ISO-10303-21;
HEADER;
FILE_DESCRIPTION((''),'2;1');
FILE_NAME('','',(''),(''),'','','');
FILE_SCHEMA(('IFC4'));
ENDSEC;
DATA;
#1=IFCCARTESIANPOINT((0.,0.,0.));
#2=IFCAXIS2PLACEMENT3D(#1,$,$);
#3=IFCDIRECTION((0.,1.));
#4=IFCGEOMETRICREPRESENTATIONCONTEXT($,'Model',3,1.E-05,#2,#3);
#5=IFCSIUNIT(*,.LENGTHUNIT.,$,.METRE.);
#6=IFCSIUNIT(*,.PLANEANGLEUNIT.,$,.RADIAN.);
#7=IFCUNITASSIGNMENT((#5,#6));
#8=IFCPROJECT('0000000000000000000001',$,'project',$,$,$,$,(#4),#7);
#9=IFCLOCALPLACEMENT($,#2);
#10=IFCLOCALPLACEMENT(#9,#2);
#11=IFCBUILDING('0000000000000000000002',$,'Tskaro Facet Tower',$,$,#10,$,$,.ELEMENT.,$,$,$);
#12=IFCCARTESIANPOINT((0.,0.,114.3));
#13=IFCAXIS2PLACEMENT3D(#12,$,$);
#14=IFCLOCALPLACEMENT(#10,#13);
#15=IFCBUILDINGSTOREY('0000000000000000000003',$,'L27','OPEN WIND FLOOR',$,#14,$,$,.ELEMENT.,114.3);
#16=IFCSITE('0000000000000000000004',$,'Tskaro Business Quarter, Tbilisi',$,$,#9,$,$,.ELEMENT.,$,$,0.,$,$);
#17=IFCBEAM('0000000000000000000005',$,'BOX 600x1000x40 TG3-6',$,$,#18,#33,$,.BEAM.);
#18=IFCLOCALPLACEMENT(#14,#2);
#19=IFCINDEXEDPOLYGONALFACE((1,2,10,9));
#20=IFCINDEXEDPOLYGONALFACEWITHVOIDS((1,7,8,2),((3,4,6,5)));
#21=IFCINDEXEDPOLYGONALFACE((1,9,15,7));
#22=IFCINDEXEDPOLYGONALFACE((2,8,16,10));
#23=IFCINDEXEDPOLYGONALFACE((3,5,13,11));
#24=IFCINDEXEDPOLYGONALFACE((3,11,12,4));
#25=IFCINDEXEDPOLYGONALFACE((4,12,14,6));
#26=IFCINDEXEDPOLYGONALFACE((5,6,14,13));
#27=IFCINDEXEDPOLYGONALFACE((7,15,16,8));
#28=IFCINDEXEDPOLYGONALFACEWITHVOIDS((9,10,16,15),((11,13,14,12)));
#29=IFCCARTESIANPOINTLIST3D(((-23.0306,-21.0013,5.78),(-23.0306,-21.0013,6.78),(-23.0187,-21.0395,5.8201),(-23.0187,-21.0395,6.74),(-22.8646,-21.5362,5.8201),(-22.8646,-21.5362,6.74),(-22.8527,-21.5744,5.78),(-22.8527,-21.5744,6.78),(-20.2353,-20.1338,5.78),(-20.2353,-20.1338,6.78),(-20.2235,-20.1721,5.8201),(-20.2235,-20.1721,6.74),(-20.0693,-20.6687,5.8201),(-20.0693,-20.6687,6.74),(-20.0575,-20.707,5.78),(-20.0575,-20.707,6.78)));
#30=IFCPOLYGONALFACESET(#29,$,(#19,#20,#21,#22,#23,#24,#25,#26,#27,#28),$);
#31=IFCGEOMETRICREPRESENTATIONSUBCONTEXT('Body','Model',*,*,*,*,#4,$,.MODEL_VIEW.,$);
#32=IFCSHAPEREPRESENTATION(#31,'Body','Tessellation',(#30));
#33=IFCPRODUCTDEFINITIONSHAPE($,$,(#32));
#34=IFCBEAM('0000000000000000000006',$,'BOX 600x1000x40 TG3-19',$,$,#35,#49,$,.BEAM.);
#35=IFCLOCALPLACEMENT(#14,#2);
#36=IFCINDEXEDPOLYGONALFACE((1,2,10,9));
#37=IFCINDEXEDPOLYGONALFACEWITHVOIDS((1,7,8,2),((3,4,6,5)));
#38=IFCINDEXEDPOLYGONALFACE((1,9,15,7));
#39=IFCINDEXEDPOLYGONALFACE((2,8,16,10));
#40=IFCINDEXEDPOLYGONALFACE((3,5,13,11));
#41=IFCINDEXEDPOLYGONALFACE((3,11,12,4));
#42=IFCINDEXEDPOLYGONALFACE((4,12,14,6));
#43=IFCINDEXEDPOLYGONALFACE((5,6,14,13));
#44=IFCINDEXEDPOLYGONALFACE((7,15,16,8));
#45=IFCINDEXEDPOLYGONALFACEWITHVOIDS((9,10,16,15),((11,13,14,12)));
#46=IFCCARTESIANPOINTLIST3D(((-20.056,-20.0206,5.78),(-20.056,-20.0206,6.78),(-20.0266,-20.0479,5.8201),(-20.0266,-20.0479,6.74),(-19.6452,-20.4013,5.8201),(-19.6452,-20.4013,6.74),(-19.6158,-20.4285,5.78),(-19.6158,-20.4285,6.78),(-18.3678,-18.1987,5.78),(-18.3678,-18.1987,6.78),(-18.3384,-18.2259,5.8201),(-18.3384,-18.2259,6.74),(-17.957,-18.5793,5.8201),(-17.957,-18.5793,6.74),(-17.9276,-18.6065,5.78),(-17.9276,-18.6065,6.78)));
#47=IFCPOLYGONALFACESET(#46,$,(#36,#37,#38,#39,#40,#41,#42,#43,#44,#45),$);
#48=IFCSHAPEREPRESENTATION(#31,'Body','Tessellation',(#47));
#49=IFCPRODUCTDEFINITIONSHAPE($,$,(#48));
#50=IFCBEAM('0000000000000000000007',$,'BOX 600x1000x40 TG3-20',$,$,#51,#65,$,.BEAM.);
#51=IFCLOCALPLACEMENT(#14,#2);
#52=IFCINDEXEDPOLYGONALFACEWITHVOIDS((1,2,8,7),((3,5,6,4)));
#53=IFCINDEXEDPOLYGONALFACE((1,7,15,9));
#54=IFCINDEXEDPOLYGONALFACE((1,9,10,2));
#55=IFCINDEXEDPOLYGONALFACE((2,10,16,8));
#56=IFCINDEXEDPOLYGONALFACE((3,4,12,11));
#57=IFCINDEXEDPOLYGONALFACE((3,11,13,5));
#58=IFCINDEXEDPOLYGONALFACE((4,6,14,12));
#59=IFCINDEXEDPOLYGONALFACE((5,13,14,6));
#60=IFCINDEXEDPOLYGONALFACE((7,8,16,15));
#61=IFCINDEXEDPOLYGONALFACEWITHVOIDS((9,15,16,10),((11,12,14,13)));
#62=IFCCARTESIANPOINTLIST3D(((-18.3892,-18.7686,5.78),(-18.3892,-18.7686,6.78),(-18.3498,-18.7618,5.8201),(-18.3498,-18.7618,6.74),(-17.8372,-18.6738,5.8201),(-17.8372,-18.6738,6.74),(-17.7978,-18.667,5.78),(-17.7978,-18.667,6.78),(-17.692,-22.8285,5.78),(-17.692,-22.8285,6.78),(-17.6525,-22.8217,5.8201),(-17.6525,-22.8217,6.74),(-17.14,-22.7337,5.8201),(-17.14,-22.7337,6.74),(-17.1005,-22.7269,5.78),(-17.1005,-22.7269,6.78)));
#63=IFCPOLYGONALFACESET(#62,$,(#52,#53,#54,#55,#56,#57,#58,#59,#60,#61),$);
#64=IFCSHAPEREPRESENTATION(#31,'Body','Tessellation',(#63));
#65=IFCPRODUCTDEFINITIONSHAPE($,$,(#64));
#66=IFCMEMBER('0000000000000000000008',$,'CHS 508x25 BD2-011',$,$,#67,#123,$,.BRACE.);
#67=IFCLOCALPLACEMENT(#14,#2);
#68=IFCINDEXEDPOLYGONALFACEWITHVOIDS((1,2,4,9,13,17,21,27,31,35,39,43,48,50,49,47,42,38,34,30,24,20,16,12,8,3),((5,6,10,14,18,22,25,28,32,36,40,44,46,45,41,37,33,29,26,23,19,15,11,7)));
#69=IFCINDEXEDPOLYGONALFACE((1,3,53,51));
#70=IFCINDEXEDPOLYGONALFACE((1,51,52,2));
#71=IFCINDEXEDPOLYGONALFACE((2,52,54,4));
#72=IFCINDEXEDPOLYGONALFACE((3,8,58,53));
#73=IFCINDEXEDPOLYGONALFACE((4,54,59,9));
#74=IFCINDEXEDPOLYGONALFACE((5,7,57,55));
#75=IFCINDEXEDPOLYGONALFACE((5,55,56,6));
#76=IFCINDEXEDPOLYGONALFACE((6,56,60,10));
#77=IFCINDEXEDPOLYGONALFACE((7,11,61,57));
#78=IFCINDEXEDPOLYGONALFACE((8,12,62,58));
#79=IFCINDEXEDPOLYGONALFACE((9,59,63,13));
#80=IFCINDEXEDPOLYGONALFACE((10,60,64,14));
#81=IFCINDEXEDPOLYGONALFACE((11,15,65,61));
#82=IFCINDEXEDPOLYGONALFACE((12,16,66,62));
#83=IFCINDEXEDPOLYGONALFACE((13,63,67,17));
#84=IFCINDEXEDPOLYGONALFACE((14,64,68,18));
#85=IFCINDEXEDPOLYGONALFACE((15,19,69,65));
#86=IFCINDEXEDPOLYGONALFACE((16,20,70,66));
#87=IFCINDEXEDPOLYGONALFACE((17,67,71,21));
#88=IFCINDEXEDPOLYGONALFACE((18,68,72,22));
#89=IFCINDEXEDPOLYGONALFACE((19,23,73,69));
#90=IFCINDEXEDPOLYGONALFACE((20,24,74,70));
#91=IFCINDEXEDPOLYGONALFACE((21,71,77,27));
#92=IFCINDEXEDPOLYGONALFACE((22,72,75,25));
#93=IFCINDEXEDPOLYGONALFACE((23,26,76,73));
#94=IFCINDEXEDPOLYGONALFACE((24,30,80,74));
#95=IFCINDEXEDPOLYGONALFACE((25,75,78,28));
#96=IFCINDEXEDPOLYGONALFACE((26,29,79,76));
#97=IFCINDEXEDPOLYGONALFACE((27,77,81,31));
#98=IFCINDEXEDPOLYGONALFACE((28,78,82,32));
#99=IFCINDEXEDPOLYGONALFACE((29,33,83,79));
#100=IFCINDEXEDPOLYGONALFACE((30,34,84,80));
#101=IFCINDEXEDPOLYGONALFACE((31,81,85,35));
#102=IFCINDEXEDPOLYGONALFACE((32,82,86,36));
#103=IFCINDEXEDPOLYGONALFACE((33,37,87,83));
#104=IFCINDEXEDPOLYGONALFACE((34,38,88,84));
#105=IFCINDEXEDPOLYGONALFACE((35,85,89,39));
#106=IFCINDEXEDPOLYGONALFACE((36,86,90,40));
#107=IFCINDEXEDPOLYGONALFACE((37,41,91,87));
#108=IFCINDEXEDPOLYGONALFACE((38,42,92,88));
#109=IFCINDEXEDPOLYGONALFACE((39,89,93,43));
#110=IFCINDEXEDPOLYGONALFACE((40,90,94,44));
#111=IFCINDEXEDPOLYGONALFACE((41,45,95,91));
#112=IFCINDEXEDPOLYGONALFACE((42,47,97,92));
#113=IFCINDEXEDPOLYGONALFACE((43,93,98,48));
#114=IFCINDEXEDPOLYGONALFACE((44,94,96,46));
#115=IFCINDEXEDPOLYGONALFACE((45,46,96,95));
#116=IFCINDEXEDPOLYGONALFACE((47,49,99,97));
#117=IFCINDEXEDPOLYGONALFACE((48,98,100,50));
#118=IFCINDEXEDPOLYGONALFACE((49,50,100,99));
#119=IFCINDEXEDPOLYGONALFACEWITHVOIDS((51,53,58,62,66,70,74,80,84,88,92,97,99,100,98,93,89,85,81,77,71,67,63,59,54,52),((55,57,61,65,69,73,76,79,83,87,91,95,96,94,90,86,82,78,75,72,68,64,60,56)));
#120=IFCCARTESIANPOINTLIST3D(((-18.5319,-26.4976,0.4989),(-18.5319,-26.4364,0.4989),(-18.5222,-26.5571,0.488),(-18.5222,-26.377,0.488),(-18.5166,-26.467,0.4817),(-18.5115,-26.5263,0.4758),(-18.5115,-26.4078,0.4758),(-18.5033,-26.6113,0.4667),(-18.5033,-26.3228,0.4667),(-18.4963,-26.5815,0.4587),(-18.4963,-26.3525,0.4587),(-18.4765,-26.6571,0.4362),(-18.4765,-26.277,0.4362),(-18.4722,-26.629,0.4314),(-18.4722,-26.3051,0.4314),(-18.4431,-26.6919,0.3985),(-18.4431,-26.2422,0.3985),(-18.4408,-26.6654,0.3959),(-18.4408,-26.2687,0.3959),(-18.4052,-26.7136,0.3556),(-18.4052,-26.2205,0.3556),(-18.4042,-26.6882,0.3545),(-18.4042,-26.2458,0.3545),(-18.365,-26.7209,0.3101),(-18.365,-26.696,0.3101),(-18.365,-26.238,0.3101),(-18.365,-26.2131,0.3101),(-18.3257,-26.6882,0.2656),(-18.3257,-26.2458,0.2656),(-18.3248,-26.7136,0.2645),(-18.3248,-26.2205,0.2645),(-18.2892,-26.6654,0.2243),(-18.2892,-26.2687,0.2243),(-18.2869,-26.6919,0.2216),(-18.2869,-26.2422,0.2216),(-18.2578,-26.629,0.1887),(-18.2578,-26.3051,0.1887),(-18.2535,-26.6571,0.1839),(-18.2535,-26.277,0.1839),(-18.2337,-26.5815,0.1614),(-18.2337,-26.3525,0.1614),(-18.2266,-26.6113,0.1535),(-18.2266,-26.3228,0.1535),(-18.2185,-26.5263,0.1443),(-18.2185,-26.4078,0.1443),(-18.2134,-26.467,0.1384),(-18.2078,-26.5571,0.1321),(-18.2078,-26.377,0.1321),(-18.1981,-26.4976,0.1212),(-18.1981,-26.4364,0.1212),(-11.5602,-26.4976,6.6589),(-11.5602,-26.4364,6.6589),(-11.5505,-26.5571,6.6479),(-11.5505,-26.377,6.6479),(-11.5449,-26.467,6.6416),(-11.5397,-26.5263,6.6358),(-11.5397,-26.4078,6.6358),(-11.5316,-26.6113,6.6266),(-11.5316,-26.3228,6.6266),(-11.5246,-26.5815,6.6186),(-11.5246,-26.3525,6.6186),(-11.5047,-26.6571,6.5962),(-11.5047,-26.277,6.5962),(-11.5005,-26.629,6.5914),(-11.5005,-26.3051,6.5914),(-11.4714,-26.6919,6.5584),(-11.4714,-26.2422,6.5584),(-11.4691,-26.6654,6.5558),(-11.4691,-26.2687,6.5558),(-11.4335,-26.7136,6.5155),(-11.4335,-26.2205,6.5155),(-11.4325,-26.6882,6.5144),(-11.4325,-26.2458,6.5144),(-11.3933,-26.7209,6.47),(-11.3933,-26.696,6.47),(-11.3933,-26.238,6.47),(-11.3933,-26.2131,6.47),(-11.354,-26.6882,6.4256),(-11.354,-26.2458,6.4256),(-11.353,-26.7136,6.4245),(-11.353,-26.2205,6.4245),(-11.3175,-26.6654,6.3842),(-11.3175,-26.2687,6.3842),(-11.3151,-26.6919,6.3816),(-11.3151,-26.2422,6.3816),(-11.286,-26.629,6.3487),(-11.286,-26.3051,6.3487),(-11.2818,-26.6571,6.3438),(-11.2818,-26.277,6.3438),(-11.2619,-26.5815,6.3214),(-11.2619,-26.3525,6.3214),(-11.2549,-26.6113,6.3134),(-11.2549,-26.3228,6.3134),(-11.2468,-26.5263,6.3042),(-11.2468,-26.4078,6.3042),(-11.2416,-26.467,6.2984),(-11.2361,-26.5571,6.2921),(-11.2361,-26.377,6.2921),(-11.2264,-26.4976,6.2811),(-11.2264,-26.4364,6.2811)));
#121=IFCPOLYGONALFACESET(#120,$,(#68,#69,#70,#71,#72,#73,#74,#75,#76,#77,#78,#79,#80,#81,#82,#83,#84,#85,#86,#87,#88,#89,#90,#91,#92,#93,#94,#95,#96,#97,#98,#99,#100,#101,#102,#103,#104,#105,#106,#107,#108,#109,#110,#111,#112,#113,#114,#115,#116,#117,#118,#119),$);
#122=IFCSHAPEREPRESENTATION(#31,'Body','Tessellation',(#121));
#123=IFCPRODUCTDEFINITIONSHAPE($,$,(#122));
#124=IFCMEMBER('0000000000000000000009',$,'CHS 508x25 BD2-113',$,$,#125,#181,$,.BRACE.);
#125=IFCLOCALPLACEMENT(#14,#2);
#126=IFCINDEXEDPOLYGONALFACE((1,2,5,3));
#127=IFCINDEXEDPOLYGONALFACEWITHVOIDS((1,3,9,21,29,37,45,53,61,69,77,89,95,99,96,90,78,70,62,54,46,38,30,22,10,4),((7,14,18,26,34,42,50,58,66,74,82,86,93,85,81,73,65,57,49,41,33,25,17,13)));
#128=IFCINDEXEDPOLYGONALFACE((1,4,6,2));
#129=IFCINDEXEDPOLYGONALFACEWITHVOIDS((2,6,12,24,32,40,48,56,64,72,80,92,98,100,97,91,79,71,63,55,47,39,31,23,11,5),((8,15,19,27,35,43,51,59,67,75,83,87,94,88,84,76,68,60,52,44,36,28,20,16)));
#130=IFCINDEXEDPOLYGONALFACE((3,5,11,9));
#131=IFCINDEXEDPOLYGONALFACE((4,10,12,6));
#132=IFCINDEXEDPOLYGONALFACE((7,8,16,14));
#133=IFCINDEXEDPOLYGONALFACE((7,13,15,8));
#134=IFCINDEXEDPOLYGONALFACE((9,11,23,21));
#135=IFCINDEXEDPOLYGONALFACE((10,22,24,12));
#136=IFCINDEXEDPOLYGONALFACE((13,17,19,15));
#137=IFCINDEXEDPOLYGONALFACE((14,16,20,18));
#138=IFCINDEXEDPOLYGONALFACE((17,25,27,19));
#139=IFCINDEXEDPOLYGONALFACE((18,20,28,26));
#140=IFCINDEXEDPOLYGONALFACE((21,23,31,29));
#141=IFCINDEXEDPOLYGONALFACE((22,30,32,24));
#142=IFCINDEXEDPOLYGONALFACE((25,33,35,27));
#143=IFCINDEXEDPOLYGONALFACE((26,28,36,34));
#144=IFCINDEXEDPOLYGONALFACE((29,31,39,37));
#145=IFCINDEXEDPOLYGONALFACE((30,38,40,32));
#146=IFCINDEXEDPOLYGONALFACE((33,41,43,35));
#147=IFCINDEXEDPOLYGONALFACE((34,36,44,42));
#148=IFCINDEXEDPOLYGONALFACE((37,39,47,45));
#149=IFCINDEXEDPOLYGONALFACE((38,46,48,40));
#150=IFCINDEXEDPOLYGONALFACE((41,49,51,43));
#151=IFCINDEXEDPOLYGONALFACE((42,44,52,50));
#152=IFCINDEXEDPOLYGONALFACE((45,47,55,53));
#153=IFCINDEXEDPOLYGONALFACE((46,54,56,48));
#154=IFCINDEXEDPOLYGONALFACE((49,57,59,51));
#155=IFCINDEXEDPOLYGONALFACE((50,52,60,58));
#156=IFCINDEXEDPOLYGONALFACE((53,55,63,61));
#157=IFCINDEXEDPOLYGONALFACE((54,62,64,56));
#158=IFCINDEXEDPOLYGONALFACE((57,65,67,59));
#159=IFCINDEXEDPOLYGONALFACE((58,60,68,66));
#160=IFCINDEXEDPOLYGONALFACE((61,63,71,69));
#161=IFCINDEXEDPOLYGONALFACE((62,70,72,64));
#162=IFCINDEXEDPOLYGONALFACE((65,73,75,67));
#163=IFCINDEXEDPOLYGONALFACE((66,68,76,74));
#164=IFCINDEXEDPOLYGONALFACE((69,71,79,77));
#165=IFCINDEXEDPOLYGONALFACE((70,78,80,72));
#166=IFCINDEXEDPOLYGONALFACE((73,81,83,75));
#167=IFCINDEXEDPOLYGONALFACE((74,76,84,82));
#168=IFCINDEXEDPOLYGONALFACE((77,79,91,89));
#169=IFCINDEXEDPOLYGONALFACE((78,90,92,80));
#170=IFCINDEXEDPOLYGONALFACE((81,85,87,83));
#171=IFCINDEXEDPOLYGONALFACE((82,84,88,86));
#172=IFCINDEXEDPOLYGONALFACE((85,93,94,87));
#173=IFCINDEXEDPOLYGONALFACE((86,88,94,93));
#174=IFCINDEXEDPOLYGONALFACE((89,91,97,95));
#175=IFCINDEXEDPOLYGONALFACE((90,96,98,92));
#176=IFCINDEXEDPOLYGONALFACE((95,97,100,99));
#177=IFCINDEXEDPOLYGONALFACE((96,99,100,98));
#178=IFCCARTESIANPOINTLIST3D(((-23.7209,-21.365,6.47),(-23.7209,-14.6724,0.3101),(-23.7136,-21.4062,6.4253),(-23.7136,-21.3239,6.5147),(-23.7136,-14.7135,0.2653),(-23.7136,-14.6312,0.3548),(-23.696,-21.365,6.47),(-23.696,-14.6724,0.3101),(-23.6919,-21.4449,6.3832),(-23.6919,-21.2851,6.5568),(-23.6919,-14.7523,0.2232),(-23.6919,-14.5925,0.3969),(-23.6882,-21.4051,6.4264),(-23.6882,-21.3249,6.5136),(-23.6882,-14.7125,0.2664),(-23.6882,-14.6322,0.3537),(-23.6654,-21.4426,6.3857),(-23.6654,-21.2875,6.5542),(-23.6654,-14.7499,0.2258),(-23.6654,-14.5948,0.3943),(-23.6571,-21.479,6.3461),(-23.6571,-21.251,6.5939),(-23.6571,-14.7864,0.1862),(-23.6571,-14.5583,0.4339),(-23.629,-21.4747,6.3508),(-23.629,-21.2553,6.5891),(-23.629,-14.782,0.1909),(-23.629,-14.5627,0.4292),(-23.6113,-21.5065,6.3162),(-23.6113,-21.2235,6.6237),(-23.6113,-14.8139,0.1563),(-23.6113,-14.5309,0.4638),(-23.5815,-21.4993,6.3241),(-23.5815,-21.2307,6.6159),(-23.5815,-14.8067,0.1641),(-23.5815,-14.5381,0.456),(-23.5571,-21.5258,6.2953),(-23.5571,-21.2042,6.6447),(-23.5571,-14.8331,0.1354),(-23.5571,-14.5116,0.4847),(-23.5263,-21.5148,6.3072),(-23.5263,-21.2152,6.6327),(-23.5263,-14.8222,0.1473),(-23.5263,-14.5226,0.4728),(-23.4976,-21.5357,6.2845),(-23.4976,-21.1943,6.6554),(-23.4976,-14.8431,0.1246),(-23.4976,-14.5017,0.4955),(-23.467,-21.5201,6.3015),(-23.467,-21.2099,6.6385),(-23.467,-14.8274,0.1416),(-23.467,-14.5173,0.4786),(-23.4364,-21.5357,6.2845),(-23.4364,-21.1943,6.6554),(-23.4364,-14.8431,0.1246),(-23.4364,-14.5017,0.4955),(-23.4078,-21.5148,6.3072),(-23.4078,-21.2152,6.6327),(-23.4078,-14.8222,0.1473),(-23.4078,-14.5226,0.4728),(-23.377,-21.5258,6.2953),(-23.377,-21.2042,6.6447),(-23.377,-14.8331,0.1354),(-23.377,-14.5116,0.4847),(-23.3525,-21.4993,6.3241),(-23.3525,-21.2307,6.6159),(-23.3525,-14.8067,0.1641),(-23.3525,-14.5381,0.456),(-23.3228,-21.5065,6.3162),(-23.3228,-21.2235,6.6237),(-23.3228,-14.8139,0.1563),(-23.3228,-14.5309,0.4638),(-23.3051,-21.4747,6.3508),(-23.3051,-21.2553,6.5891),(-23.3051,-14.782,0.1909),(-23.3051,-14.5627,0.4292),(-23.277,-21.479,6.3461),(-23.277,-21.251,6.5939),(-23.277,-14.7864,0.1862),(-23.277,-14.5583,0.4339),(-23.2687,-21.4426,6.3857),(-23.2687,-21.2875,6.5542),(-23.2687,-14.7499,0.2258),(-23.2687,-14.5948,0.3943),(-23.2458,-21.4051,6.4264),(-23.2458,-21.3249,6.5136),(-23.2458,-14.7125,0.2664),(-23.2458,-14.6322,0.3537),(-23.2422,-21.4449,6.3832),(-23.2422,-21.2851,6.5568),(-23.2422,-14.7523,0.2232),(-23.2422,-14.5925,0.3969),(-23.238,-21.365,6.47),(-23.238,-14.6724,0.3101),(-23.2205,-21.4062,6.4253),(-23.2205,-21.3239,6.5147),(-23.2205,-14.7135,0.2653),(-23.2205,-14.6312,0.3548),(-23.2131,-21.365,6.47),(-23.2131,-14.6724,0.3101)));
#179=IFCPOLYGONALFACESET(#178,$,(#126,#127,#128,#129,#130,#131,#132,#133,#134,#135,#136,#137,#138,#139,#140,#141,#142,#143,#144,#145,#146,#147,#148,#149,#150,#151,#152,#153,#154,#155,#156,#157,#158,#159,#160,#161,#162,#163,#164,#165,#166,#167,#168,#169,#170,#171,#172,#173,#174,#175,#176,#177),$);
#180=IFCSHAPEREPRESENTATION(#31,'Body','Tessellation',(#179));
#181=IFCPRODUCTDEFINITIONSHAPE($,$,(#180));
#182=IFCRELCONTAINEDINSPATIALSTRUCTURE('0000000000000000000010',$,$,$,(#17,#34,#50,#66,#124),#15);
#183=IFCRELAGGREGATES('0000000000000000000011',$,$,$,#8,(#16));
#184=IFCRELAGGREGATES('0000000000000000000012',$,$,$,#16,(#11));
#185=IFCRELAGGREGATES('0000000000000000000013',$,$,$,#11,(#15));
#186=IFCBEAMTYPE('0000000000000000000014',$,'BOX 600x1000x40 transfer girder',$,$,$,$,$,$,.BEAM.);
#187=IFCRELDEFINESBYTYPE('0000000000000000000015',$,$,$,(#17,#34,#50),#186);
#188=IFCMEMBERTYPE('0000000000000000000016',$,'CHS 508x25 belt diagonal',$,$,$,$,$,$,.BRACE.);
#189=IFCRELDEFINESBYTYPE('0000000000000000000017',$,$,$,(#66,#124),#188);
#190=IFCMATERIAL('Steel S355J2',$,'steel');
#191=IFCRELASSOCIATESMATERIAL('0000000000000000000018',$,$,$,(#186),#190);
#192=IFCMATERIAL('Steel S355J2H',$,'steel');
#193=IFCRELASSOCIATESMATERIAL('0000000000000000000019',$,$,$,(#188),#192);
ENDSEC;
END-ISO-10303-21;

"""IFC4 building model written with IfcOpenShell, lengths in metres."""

from ifc_helpers import new_model, si_unit, direction, frame, origin, origin_2d, place, context, subcontext, project, spatial, hollow_rectangle, hollow_circle, extrude, material, material_profile, profile_set, type_object, element, save


model = new_model("IFC4")

# Units and contexts
model_context = context("Model", 3, precision=1e-05, world=origin(), true_north=direction((0.0, 1.0)))
body_context = subcontext(model_context, "Body", "Model", "MODEL_VIEW")
ifc_project = project(units=[si_unit("LENGTHUNIT", "METRE"), si_unit("PLANEANGLEUNIT", "RADIAN")], contexts=[model_context])

# Site, building, storey
site_placement = place(None, origin())
site = spatial("IfcSite", under=ifc_project, at=site_placement, Name="Tskaro Business Quarter, Tbilisi", CompositionType="ELEMENT", RefElevation=0.0)
building_placement = place(site_placement, origin())
building = spatial("IfcBuilding", under=site, at=building_placement, Name="Tskaro Facet Tower", CompositionType="ELEMENT")
storey_placement = place(building_placement, frame((0.0, 0.0, 114.3)))
storey = spatial("IfcBuildingStorey", under=building, at=storey_placement, Name="L27", Description="OPEN WIND FLOOR", CompositionType="ELEMENT", Elevation=114.3)

# Shared definitions
ifc_material_1 = material(Name="Steel S355J2H", Category="steel")

# Beams
ifc_material_2 = material(Name="Steel S355J2", Category="steel")
ifc_material_profile_1 = material_profile(ifc_material_2, hollow_rectangle(XDim=0.6001, YDim=1.0, WallThickness=0.04, at=origin_2d()), Name="BOX 600x1000x40")
ifc_profile_set_1 = profile_set([ifc_material_profile_1], Name="Steel S355J2")
beam_type_1 = type_object("IfcBeamType", Name="BOX 600x1000x40 transfer girder", PredefinedType="BEAM", material=ifc_profile_set_1)
for number, where, z_axis, x_axis, name in (
    (1, (-22.9417, -21.2878, 6.28), (0.955067, 0.296389, 0.0), (-0.296389, 0.955067, 0.0), "BOX 600x1000x40 TG3-6"),
):
    element("IfcBeam", number, at=place(storey_placement, frame(where, z_axis=z_axis, x_axis=x_axis)), inside=storey, type_object=beam_type_1, Name=name, PredefinedType="BEAM", context=body_context, shape_type="SweptSolid", body=[
        extrude(hollow_rectangle(XDim=0.6001, YDim=1.0, WallThickness=0.04, at=origin_2d()), origin(), (0.0, 0.0, 1.0), 2.9268),
    ])
beam_1_placement = place(storey_placement, frame((-18.1477, -18.4026, 6.28), z_axis=(-0.679663, -0.733525, 0.0), x_axis=(0.733525, -0.679663, 0.0)))
element("IfcBeam", 2, at=beam_1_placement, inside=storey, type_object=beam_type_1, Name="BOX 600x1000x40 TG3-19", PredefinedType="BEAM", context=body_context, shape_type="SweptSolid", body=[
    extrude(hollow_rectangle(XDim=0.6001, YDim=1.0, WallThickness=0.04, at=origin_2d()), origin(), (0.0, 0.0, 1.0), 2.4839),
])
beam_2_placement = place(storey_placement, frame((-18.0935, -18.7178, 6.28), z_axis=(0.16926, -0.985571, 0.0), x_axis=(0.985571, 0.16926, 0.0)))
element("IfcBeam", 3, at=beam_2_placement, inside=storey, type_object=beam_type_1, Name="BOX 600x1000x40 TG3-20", PredefinedType="BEAM", context=body_context, shape_type="SweptSolid", body=[
    extrude(hollow_rectangle(XDim=0.6001, YDim=1.0, WallThickness=0.04, at=origin_2d()), origin(), (0.0, 0.0, 1.0), 4.1194),
])

# Members
ifc_material_profile_2 = material_profile(ifc_material_1, hollow_circle(Radius=0.2539, WallThickness=0.0249, at=origin_2d()), Name="CHS 508x25")
ifc_profile_set_2 = profile_set([ifc_material_profile_2], Name="Steel S355J2H")
member_type_1 = type_object("IfcMemberType", Name="CHS 508x25 belt diagonal", PredefinedType="BRACE", material=ifc_profile_set_2)
member_1_placement = place(storey_placement, frame((-18.365, -26.467, 0.3101), z_axis=(0.749388, 0.0, 0.662131), x_axis=(0.0, 1.0, 0.0)))
element("IfcMember", 4, at=member_1_placement, inside=storey, type_object=member_type_1, Name="CHS 508x25 BD2-011", PredefinedType="BRACE", context=body_context, shape_type="SweptSolid", body=[
    extrude(hollow_circle(Radius=0.2539, WallThickness=0.0249, at=origin_2d()), origin(), (0.0, 0.0, 1.0), 9.3032),
])
member_2_placement = place(storey_placement, frame((-23.467, -14.6724, 0.3101), z_axis=(0.0, -0.735783, 0.677217), x_axis=(1.0, 0.0, 0.0)))
element("IfcMember", 5, at=member_2_placement, inside=storey, type_object=member_type_1, Name="CHS 508x25 BD2-113", PredefinedType="BRACE", context=body_context, shape_type="SweptSolid", body=[
    extrude(hollow_circle(Radius=0.2539, WallThickness=0.0249, at=origin_2d()), origin(), (0.0, 0.0, 1.0), 9.0959),
])

save(model, "model.ifc")
